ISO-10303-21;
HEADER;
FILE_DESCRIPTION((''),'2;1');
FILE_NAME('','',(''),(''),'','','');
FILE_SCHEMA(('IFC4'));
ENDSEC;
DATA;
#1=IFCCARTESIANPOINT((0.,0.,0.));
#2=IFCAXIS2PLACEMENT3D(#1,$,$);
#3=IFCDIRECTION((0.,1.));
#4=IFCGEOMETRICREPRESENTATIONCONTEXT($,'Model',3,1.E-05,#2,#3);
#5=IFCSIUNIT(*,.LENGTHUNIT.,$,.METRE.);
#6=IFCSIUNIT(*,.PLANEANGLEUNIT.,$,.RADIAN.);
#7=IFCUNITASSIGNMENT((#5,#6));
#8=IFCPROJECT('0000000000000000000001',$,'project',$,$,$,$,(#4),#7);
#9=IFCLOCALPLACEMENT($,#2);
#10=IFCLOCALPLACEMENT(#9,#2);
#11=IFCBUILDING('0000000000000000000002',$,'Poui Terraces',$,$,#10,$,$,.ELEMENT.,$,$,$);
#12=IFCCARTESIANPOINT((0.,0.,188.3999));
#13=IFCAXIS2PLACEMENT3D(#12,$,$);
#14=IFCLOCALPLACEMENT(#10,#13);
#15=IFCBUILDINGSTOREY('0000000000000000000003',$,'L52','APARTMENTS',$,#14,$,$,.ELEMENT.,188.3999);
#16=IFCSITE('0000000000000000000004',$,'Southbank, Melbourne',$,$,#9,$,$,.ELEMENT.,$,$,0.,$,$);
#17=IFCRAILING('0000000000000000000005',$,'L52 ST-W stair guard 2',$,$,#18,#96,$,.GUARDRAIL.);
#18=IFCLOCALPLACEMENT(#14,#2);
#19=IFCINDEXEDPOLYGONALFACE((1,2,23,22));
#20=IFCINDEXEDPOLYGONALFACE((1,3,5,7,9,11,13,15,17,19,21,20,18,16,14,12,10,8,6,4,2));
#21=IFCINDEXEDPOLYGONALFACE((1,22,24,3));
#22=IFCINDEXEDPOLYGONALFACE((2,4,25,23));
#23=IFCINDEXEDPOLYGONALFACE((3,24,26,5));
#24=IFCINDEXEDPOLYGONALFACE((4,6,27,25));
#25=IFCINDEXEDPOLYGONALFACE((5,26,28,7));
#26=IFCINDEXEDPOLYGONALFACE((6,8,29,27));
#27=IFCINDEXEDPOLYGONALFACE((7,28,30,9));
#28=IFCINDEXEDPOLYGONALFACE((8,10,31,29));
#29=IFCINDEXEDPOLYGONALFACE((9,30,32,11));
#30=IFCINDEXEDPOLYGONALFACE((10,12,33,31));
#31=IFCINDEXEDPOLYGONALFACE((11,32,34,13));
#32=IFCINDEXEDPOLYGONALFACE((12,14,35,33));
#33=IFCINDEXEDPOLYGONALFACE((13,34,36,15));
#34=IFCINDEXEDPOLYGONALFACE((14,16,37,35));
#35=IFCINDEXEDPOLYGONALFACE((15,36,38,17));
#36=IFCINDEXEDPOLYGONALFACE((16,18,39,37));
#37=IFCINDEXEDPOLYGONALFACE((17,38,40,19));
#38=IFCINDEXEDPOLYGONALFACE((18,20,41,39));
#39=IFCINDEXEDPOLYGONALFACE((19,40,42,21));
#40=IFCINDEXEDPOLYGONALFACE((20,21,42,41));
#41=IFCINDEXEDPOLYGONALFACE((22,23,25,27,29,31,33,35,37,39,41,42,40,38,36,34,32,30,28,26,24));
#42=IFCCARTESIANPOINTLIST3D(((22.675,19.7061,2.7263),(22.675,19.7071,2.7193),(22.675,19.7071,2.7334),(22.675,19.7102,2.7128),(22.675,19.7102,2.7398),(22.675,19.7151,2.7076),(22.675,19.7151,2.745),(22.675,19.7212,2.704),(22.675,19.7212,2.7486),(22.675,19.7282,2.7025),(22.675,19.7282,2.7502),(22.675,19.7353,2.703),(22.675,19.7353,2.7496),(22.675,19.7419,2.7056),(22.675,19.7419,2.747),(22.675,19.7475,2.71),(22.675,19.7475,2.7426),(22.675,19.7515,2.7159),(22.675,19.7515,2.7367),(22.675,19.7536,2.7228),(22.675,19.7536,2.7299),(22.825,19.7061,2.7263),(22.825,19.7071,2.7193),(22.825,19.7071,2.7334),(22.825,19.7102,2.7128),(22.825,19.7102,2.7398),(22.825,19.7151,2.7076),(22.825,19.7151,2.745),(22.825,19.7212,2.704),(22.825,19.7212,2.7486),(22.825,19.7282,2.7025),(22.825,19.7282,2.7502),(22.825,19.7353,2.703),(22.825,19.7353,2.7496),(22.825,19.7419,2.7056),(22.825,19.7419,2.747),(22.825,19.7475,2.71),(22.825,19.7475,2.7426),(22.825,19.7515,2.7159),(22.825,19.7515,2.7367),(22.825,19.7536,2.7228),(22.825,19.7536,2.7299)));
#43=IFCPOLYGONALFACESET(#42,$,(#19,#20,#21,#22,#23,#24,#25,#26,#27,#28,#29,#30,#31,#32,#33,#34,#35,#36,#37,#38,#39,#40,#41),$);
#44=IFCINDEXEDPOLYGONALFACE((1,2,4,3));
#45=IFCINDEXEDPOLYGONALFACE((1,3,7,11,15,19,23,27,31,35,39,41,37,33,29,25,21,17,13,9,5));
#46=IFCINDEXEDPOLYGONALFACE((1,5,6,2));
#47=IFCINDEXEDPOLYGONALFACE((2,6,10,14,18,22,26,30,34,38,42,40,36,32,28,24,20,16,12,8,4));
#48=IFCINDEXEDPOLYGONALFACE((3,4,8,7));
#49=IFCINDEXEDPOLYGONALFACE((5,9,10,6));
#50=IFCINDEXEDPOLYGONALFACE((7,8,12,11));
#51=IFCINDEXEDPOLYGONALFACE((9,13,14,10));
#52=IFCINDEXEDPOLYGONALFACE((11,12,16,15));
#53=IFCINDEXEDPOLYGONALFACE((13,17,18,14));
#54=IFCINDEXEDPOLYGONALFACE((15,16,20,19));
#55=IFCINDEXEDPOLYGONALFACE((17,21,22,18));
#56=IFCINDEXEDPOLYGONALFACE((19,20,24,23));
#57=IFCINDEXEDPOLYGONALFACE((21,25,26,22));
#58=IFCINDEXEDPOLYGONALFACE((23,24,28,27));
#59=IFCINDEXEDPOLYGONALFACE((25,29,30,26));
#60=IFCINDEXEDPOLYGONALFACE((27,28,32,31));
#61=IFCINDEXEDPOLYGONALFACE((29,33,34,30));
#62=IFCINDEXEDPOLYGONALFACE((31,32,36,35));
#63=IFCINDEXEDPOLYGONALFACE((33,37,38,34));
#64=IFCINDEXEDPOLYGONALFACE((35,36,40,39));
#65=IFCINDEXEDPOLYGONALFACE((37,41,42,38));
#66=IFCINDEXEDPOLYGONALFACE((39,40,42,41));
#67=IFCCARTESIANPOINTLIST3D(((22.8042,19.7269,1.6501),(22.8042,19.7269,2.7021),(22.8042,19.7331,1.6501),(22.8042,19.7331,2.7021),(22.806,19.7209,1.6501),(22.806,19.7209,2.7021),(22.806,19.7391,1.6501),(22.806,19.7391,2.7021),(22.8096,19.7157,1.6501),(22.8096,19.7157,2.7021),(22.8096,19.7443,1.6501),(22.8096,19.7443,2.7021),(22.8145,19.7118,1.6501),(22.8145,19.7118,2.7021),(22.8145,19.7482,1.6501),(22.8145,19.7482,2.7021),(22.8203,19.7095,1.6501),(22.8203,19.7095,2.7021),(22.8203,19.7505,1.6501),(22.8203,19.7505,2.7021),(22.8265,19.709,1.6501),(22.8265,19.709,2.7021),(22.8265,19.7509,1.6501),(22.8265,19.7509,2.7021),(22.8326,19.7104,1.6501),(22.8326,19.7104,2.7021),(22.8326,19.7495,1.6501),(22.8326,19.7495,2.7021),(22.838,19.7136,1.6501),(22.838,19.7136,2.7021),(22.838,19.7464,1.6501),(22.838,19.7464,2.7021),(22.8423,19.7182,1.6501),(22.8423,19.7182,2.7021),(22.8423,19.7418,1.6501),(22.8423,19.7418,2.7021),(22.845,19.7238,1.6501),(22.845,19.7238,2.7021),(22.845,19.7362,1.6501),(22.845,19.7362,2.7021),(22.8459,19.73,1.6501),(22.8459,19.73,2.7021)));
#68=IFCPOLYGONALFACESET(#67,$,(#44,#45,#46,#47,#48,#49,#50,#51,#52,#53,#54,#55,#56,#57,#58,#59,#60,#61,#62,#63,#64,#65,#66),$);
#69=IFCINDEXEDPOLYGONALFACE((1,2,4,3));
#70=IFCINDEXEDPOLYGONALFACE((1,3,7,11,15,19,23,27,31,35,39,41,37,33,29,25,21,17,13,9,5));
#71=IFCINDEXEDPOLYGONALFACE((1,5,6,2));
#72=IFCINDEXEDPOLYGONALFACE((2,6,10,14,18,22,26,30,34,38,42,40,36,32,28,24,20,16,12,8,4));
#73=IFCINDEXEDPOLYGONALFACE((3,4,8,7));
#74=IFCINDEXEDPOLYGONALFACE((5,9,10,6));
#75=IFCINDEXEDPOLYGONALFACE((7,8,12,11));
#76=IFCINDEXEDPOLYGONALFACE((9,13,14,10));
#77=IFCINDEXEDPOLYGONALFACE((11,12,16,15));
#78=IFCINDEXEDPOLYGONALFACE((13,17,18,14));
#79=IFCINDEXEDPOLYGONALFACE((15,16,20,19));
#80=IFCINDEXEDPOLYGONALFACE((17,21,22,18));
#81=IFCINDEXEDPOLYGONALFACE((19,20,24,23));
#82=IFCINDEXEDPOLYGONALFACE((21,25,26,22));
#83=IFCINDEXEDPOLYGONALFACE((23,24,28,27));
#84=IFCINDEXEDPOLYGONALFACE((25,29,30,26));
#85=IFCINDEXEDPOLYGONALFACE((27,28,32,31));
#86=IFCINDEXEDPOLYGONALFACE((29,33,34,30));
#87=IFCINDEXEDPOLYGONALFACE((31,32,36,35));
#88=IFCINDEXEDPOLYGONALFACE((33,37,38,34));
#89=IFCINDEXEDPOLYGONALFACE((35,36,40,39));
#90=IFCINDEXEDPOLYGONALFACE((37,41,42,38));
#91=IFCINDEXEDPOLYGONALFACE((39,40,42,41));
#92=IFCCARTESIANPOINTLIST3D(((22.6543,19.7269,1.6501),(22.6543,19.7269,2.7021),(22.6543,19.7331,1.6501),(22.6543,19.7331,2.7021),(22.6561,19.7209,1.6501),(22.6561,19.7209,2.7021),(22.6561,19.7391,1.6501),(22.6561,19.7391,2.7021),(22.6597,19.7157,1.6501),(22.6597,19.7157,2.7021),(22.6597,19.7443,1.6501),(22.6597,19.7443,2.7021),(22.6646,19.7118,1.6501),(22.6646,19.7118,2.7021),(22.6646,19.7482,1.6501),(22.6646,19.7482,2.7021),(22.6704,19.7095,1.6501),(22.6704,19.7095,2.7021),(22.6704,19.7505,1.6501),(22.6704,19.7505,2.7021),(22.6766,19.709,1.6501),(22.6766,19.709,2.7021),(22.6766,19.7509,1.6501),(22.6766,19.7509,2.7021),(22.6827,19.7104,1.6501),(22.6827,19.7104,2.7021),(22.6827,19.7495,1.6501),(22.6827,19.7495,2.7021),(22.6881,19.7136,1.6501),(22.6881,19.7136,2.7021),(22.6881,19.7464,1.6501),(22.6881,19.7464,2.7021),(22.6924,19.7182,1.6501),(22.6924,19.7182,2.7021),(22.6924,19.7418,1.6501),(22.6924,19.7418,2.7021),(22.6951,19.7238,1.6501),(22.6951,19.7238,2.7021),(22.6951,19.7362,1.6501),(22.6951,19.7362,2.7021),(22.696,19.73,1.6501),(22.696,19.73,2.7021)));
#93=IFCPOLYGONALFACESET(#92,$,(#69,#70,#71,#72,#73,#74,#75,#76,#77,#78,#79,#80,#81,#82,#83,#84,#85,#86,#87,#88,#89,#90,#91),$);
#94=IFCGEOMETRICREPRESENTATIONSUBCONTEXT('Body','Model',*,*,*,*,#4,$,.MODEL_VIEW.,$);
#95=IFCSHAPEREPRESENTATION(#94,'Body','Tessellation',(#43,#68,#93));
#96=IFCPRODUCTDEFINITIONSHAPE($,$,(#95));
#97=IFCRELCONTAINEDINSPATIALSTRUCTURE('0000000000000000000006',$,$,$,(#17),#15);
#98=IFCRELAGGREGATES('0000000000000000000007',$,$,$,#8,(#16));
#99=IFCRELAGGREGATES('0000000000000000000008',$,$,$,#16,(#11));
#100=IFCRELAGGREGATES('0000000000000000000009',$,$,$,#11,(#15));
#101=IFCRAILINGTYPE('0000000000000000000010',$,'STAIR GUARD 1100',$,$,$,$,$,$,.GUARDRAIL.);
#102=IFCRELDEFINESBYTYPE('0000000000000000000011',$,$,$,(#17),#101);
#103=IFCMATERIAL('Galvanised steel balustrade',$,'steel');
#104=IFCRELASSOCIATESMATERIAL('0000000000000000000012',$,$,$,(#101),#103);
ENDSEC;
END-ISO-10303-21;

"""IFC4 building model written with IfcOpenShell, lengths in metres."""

from ifc_helpers import new_model, si_unit, direction, frame, origin, origin_2d, place, context, subcontext, project, spatial, circle, extrude, material, type_object, element, save


model = new_model("IFC4")

# Units and contexts
model_context = context("Model", 3, precision=1e-05, world=origin(), true_north=direction((0.0, 1.0)))
body_context = subcontext(model_context, "Body", "Model", "MODEL_VIEW")
ifc_project = project(units=[si_unit("LENGTHUNIT", "METRE"), si_unit("PLANEANGLEUNIT", "RADIAN")], contexts=[model_context])

# Site, building, storey
site_placement = place(None, origin())
site = spatial("IfcSite", under=ifc_project, at=site_placement, Name="Southbank, Melbourne", CompositionType="ELEMENT", RefElevation=0.0)
building_placement = place(site_placement, origin())
building = spatial("IfcBuilding", under=site, at=building_placement, Name="Poui Terraces", CompositionType="ELEMENT")
storey_placement = place(building_placement, frame((0.0, 0.0, 188.3999)))
storey = spatial("IfcBuildingStorey", under=building, at=storey_placement, Name="L52", Description="APARTMENTS", CompositionType="ELEMENT", Elevation=188.3999)

# Railing
ifc_material_1 = material(Name="Galvanised steel balustrade", Category="steel")
railing_type_1 = type_object("IfcRailingType", Name="STAIR GUARD 1100", PredefinedType="GUARDRAIL", material=ifc_material_1)
railing_1_placement = place(storey_placement, frame((22.825, 19.73, 1.6501)))
element("IfcRailing", 1, at=railing_1_placement, inside=storey, type_object=railing_type_1, Name="L52 ST-W stair guard 2", PredefinedType="GUARDRAIL", context=body_context, shape_type="SweptSolid", body=[
    extrude(circle(Radius=0.0239, at=origin_2d()), frame((0.0, 0.0, 1.0762), z_axis=(-1.0, 0.0, 0.0), x_axis=(0.0, -1.0, 0.0)), (0.0, 0.0, 1.0), 0.1499),
    extrude(circle(Radius=0.021, at=origin_2d()), origin(), (0.0, 0.0, 1.0), 1.052),
    extrude(circle(Radius=0.021, at=origin_2d()), frame((-0.1499, 0.0, 0.0)), (0.0, 0.0, 1.0), 1.052),
])

save(model, "model.ifc")
